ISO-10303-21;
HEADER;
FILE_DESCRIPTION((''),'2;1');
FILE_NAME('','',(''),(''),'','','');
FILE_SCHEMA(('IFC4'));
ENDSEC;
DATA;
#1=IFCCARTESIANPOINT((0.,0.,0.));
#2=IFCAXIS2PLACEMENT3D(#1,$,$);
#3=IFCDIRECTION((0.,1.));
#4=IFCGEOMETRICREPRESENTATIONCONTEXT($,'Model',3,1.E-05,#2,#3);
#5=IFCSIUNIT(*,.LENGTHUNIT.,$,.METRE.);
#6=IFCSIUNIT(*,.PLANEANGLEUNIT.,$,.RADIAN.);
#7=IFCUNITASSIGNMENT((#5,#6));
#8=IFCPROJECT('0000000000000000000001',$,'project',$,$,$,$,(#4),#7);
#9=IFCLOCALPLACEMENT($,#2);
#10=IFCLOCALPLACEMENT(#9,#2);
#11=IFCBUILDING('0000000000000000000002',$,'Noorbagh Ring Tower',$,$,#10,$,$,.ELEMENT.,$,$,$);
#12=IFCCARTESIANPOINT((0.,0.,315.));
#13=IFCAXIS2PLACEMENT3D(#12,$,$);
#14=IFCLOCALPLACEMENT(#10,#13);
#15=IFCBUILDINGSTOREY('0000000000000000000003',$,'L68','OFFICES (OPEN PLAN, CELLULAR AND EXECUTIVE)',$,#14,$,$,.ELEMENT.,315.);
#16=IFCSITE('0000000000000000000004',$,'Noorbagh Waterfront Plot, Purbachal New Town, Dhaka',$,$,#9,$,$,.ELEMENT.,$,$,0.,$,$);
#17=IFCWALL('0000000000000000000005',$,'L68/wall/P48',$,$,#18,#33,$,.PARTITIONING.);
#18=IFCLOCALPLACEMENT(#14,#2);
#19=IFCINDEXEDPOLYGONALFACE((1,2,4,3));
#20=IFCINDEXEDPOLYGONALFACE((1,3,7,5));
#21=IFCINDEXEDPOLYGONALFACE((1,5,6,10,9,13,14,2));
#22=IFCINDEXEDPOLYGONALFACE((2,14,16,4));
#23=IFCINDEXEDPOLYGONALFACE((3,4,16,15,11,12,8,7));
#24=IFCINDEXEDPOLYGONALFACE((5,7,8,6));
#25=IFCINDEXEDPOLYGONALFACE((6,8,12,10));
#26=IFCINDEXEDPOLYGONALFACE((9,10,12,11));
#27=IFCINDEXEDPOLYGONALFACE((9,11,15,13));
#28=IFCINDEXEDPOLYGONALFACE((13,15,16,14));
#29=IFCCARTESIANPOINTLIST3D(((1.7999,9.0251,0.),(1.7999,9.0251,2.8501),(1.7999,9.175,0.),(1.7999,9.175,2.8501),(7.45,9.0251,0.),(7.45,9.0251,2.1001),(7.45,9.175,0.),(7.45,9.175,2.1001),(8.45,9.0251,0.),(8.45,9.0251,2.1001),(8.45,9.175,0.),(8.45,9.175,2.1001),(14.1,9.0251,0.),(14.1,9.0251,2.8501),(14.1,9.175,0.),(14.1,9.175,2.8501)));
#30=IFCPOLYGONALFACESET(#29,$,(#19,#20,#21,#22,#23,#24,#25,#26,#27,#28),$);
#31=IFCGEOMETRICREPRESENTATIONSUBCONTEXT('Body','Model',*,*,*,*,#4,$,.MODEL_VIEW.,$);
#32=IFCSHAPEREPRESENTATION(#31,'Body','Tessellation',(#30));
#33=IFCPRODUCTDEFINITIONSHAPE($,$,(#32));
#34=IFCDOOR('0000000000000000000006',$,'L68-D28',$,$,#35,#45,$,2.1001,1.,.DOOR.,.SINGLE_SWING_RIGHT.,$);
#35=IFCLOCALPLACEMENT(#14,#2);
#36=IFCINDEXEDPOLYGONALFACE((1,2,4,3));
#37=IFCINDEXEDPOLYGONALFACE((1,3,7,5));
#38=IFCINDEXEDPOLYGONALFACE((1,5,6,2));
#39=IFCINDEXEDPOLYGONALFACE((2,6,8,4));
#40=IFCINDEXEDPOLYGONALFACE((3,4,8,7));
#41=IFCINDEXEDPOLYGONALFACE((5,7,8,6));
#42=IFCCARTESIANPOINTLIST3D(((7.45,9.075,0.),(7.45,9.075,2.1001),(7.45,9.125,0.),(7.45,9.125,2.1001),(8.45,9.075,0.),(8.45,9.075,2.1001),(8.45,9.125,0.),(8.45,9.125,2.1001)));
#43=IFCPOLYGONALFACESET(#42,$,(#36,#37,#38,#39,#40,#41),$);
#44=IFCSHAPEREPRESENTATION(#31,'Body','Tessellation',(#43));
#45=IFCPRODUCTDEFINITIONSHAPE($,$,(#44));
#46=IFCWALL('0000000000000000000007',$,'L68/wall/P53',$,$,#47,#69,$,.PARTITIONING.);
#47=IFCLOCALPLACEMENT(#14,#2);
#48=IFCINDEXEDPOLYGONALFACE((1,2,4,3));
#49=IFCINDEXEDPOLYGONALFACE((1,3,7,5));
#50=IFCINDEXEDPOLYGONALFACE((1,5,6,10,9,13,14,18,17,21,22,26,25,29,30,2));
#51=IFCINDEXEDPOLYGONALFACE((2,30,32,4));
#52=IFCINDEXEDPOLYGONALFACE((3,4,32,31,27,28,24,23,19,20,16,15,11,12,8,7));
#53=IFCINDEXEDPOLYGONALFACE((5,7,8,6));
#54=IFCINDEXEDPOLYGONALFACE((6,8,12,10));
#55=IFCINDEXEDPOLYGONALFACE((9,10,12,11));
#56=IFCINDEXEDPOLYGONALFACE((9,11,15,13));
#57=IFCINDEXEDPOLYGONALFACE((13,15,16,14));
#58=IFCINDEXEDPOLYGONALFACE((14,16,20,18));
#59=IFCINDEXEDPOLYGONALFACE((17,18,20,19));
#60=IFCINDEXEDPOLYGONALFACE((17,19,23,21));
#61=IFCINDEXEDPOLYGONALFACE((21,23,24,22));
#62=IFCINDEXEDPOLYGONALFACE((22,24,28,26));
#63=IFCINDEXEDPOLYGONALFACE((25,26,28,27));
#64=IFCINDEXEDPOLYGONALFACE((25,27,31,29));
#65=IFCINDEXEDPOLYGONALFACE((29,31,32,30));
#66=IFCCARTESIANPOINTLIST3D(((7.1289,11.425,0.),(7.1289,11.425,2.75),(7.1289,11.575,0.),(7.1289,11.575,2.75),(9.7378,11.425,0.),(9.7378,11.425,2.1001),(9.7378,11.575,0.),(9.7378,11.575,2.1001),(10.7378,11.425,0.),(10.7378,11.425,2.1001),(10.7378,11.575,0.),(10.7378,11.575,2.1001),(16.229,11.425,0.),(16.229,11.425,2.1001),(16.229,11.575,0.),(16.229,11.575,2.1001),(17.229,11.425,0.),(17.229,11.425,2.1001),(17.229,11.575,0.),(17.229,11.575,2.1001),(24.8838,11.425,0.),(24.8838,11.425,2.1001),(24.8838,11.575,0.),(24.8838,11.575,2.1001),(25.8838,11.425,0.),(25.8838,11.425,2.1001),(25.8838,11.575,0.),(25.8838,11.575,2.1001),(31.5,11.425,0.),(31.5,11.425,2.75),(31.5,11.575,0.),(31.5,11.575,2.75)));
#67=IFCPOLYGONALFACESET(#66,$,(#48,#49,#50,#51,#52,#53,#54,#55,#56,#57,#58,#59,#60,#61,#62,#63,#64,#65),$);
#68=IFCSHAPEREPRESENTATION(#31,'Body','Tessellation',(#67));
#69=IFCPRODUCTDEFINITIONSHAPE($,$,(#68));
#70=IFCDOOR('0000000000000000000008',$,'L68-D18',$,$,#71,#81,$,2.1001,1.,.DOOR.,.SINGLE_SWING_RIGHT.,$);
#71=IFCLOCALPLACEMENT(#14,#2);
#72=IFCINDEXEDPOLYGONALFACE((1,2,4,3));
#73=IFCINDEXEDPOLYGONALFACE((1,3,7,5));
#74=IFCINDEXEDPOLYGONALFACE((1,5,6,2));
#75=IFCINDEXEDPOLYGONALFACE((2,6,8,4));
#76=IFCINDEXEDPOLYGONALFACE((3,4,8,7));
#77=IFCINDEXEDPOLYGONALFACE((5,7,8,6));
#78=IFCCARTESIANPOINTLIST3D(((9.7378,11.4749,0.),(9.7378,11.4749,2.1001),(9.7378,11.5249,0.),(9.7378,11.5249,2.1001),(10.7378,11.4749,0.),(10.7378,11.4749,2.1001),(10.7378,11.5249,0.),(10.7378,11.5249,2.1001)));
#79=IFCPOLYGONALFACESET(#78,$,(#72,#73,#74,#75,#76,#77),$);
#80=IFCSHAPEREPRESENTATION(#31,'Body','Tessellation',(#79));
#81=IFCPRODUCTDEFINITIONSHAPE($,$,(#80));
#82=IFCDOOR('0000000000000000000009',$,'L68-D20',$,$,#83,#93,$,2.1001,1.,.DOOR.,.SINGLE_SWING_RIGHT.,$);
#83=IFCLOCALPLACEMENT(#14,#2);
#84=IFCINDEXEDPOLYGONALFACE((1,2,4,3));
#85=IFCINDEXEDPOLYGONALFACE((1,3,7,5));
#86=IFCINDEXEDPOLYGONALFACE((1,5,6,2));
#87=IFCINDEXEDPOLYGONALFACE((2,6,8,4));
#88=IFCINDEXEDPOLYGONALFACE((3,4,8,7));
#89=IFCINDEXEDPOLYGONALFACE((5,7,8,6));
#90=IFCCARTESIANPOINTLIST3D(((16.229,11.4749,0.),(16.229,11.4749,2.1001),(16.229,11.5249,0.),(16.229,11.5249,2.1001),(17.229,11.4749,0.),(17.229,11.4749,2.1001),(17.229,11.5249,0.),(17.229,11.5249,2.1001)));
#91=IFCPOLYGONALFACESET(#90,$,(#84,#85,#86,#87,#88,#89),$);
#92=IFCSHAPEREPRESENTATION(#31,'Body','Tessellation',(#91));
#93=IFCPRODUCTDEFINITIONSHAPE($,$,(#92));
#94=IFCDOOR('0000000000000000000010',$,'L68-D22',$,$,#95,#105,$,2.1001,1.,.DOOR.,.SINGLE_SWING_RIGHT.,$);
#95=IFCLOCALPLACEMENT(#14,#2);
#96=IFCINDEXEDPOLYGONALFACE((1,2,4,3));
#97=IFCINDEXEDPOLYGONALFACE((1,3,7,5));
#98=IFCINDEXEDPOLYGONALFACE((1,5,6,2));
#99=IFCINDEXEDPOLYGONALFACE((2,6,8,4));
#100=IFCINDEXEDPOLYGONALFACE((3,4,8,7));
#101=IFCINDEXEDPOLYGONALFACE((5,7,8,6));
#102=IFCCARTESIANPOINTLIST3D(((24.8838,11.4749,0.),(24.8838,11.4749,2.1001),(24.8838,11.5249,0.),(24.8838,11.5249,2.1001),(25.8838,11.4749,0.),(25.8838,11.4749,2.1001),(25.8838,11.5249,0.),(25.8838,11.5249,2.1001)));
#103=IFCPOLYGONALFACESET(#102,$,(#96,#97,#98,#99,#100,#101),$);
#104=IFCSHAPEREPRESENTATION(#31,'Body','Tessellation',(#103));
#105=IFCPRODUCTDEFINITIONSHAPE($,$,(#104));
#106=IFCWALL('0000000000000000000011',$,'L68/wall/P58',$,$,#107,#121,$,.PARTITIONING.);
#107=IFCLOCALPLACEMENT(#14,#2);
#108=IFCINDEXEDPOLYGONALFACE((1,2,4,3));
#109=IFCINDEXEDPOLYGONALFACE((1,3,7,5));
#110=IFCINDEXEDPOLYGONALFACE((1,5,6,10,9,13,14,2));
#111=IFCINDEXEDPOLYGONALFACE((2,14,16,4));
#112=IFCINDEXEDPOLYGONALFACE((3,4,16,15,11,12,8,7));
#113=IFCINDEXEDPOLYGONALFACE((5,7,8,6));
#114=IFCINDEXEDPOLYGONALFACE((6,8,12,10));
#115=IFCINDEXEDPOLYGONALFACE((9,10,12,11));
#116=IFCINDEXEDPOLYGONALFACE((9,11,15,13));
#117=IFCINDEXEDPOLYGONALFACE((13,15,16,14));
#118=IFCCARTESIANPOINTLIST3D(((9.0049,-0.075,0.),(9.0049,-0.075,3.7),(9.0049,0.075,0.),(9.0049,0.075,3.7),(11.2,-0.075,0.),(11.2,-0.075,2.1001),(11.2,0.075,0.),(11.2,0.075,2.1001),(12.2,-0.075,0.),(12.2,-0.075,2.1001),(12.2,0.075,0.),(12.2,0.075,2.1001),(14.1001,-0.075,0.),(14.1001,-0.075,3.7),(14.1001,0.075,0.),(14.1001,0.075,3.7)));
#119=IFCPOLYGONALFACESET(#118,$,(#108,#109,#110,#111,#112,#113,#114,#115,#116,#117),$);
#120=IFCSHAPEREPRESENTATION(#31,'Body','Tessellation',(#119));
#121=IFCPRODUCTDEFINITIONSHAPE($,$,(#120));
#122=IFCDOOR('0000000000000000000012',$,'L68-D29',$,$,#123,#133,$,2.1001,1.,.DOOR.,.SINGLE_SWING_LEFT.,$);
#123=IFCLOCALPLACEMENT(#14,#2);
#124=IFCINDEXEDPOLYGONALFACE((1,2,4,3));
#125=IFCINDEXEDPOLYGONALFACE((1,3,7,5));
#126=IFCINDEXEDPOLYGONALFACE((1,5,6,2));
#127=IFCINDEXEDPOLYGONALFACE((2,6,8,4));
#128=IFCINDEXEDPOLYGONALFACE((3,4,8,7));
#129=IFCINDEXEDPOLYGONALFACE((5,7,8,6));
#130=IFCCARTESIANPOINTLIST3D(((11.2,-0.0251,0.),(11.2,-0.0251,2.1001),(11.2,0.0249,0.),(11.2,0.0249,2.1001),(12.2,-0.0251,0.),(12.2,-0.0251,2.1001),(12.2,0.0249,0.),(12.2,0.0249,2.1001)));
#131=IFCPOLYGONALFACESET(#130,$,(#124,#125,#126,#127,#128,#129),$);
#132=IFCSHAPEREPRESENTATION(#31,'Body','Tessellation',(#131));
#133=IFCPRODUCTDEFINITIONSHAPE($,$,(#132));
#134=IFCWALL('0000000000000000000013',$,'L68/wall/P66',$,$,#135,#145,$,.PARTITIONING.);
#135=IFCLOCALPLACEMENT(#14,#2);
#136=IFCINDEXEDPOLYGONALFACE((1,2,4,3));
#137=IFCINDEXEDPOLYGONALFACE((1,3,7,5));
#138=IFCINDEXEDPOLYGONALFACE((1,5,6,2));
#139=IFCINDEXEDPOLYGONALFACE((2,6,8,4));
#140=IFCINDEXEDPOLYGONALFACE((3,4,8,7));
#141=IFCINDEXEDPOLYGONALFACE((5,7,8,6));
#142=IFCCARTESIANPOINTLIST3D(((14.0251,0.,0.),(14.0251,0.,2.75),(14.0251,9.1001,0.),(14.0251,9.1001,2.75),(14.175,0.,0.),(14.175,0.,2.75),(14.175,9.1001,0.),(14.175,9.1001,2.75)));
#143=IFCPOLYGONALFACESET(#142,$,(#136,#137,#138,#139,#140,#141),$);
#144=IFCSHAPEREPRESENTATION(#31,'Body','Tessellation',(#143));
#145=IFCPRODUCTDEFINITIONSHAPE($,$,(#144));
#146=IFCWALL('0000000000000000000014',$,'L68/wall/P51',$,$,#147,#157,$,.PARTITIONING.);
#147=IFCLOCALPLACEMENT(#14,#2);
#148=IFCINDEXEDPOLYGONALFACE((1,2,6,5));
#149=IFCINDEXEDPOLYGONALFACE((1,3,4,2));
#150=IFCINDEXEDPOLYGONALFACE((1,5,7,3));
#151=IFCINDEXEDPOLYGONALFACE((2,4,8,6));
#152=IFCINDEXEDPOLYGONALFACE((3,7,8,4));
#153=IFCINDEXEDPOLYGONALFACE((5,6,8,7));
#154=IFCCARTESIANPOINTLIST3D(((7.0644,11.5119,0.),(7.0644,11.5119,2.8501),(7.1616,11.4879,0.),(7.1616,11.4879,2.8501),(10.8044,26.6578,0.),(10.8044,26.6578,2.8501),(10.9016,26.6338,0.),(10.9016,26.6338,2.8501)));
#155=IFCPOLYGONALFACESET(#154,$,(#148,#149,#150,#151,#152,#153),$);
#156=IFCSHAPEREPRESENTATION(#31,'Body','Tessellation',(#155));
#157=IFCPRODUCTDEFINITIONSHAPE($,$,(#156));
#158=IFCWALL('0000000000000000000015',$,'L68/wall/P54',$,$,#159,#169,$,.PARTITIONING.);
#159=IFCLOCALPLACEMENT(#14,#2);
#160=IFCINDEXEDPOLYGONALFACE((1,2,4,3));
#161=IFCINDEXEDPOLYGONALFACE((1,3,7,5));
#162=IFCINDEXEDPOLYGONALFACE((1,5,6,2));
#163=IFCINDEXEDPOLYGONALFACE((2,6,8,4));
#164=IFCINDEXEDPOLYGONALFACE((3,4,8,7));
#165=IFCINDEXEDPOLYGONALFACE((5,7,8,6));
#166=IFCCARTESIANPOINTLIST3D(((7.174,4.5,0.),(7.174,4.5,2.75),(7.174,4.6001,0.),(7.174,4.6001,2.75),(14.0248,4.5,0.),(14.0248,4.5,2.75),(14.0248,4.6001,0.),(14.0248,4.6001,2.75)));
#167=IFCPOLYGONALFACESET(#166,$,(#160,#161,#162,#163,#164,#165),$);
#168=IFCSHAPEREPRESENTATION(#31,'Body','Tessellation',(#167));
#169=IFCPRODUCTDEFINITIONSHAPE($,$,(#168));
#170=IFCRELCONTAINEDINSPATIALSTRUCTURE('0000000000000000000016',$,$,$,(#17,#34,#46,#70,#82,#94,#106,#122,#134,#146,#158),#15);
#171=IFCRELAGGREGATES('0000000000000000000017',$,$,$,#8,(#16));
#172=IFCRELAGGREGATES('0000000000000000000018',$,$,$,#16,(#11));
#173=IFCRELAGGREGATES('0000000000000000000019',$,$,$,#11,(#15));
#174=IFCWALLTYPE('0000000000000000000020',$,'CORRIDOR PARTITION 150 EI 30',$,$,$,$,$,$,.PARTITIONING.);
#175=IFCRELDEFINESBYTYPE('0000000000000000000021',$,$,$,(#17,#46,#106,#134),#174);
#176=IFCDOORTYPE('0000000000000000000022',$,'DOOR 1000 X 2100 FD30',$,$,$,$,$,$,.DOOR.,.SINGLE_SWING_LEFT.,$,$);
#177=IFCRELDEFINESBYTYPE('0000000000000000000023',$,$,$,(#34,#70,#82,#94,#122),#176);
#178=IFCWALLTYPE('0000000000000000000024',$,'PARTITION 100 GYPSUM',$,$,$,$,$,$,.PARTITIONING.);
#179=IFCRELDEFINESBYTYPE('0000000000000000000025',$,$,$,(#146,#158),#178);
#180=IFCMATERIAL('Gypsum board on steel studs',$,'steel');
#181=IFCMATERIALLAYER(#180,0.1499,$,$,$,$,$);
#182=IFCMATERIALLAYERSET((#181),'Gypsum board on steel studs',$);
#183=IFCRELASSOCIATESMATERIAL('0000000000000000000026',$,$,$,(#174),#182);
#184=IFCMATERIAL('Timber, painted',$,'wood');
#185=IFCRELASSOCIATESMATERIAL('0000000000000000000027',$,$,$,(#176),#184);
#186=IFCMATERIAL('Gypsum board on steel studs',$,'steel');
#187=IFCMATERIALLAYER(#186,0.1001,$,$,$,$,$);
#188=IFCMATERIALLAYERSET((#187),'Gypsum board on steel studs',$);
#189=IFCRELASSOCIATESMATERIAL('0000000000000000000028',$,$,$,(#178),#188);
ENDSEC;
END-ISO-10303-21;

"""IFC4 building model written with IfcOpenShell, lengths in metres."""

from ifc_helpers import new_model, si_unit, direction, frame, frame_2d, origin, place, context, subcontext, project, spatial, rectangle, extrude, material, layer, layer_set, type_object, element, fill, save


model = new_model("IFC4")

# Units and contexts
model_context = context("Model", 3, precision=1e-05, world=origin(), true_north=direction((0.0, 1.0)))
body_context = subcontext(model_context, "Body", "Model", "MODEL_VIEW")
ifc_project = project(units=[si_unit("LENGTHUNIT", "METRE"), si_unit("PLANEANGLEUNIT", "RADIAN")], contexts=[model_context])

# Site, building, storey
site_placement = place(None, origin())
site = spatial("IfcSite", under=ifc_project, at=site_placement, Name="Noorbagh Waterfront Plot, Purbachal New Town, Dhaka", CompositionType="ELEMENT", RefElevation=0.0)
building_placement = place(site_placement, origin())
building = spatial("IfcBuilding", under=site, at=building_placement, Name="Noorbagh Ring Tower", CompositionType="ELEMENT")
storey_placement = place(building_placement, frame((0.0, 0.0, 315.0)))
storey = spatial("IfcBuildingStorey", under=building, at=storey_placement, Name="L68", Description="OFFICES (OPEN PLAN, CELLULAR AND EXECUTIVE)", CompositionType="ELEMENT", Elevation=315.0)

# Shared definitions
ifc_material_1 = material(Name="Gypsum board on steel studs", Category="steel")
ifc_layer_1 = layer(ifc_material_1, 0.1499)
ifc_layer_set_1 = layer_set([ifc_layer_1], Name="Gypsum board on steel studs")
wall_type_1 = type_object("IfcWallType", Name="CORRIDOR PARTITION 150 EI 30", PredefinedType="PARTITIONING", material=ifc_layer_set_1)
ifc_material_2 = material(Name="Timber, painted", Category="wood")
door_type = type_object("IfcDoorType", Name="DOOR 1000 X 2100 FD30", OperationType="SINGLE_SWING_LEFT", PredefinedType="DOOR", material=ifc_material_2)

# Wall, opening, door
wall_1_placement = place(storey_placement, frame((1.8, 9.1001, 0.0), z_axis=(0.0, 0.0, 1.0), x_axis=(1.0, 0.0, 0.0)))
wall_1 = element("IfcWall", 1, at=wall_1_placement, inside=storey, type_object=wall_type_1, Name="L68/wall/P48", PredefinedType="PARTITIONING", context=body_context, shape_type="SweptSolid", body=[
    extrude(rectangle(XDim=12.3, YDim=0.1499, at=frame_2d((6.1499, 0.0))), origin(), (0.0, 0.0, 1.0), 2.8501),
])
opening_1_placement = place(wall_1_placement, frame((5.6499, 0.0, 0.0)))
opening_1 = element("IfcOpeningElement", 2, at=opening_1_placement, cuts=wall_1, PredefinedType="OPENING", context=body_context, shape_type="SweptSolid", body=[
    extrude(rectangle(XDim=1.0, YDim=2.1001, at=frame_2d((0.5, 1.05))), frame((0.0, 0.085, 0.0), z_axis=(0.0, -1.0, 0.0), x_axis=(1.0, 0.0, 0.0)), (0.0, 0.0, 1.0), 0.1699),
])
door_1_placement = place(opening_1_placement, origin())
door_1 = element("IfcDoor", 3, at=door_1_placement, inside=storey, type_object=door_type, Name="L68-D28", OperationType="SINGLE_SWING_RIGHT", OverallHeight=2.1001, OverallWidth=1.0, PredefinedType="DOOR", context=body_context, shape_type="SweptSolid", body=[
    extrude(rectangle(XDim=1.0, YDim=2.1001, at=frame_2d((0.5, 1.05))), frame((0.0, 0.0249, 0.0), z_axis=(0.0, -1.0, 0.0), x_axis=(1.0, 0.0, 0.0)), (0.0, 0.0, 1.0), 0.05),
])
fill(opening_1, door_1)

# Wall, openings, doors
wall_2_placement = place(storey_placement, frame((7.1289, 11.5, 0.0), z_axis=(0.0, 0.0, 1.0), x_axis=(1.0, 0.0, 0.0)))
wall_2 = element("IfcWall", 4, at=wall_2_placement, inside=storey, type_object=wall_type_1, Name="L68/wall/P53", PredefinedType="PARTITIONING", context=body_context, shape_type="SweptSolid", body=[
    extrude(rectangle(XDim=24.3711, YDim=0.1499, at=frame_2d((12.1855, 0.0))), origin(), (0.0, 0.0, 1.0), 2.75),
])
opening_2_placement = place(wall_2_placement, frame((2.6089, 0.0, 0.0)))
opening_2 = element("IfcOpeningElement", 5, at=opening_2_placement, cuts=wall_2, PredefinedType="OPENING", context=body_context, shape_type="SweptSolid", body=[
    extrude(rectangle(XDim=1.0, YDim=2.1001, at=frame_2d((0.5, 1.05))), frame((0.0, 0.085, 0.0), z_axis=(0.0, -1.0, 0.0), x_axis=(1.0, 0.0, 0.0)), (0.0, 0.0, 1.0), 0.1699),
])
opening_3_placement = place(wall_2_placement, frame((9.1001, 0.0, 0.0)))
opening_3 = element("IfcOpeningElement", 6, at=opening_3_placement, cuts=wall_2, PredefinedType="OPENING", context=body_context, shape_type="SweptSolid", body=[
    extrude(rectangle(XDim=1.0, YDim=2.1001, at=frame_2d((0.5, 1.05))), frame((0.0, 0.085, 0.0), z_axis=(0.0, -1.0, 0.0), x_axis=(1.0, 0.0, 0.0)), (0.0, 0.0, 1.0), 0.1699),
])
opening_4_placement = place(wall_2_placement, frame((17.7549, 0.0, 0.0)))
opening_4 = element("IfcOpeningElement", 7, at=opening_4_placement, cuts=wall_2, PredefinedType="OPENING", context=body_context, shape_type="SweptSolid", body=[
    extrude(rectangle(XDim=1.0, YDim=2.1001, at=frame_2d((0.5, 1.05))), frame((0.0, 0.085, 0.0), z_axis=(0.0, -1.0, 0.0), x_axis=(1.0, 0.0, 0.0)), (0.0, 0.0, 1.0), 0.1699),
])
door_2_placement = place(opening_2_placement, origin())
door_2 = element("IfcDoor", 8, at=door_2_placement, inside=storey, type_object=door_type, Name="L68-D18", OperationType="SINGLE_SWING_RIGHT", OverallHeight=2.1001, OverallWidth=1.0, PredefinedType="DOOR", context=body_context, shape_type="SweptSolid", body=[
    extrude(rectangle(XDim=1.0, YDim=2.1001, at=frame_2d((0.5, 1.05))), frame((0.0, 0.0249, 0.0), z_axis=(0.0, -1.0, 0.0), x_axis=(1.0, 0.0, 0.0)), (0.0, 0.0, 1.0), 0.05),
])
fill(opening_2, door_2)
door_3_placement = place(opening_3_placement, origin())
door_3 = element("IfcDoor", 9, at=door_3_placement, inside=storey, type_object=door_type, Name="L68-D20", OperationType="SINGLE_SWING_RIGHT", OverallHeight=2.1001, OverallWidth=1.0, PredefinedType="DOOR", context=body_context, shape_type="SweptSolid", body=[
    extrude(rectangle(XDim=1.0, YDim=2.1001, at=frame_2d((0.5, 1.05))), frame((0.0, 0.0249, 0.0), z_axis=(0.0, -1.0, 0.0), x_axis=(1.0, 0.0, 0.0)), (0.0, 0.0, 1.0), 0.05),
])
fill(opening_3, door_3)
door_4_placement = place(opening_4_placement, origin())
door_4 = element("IfcDoor", 10, at=door_4_placement, inside=storey, type_object=door_type, Name="L68-D22", OperationType="SINGLE_SWING_RIGHT", OverallHeight=2.1001, OverallWidth=1.0, PredefinedType="DOOR", context=body_context, shape_type="SweptSolid", body=[
    extrude(rectangle(XDim=1.0, YDim=2.1001, at=frame_2d((0.5, 1.05))), frame((0.0, 0.0249, 0.0), z_axis=(0.0, -1.0, 0.0), x_axis=(1.0, 0.0, 0.0)), (0.0, 0.0, 1.0), 0.05),
])
fill(opening_4, door_4)

# Wall, opening, door
wall_3_placement = place(storey_placement, frame((9.0049, 0.0, 0.0), z_axis=(0.0, 0.0, 1.0), x_axis=(1.0, 0.0, 0.0)))
wall_3 = element("IfcWall", 11, at=wall_3_placement, inside=storey, type_object=wall_type_1, Name="L68/wall/P58", PredefinedType="PARTITIONING", context=body_context, shape_type="SweptSolid", body=[
    extrude(rectangle(XDim=5.0952, YDim=0.1499, at=frame_2d((2.5476, 0.0))), origin(), (0.0, 0.0, 1.0), 3.7),
])
opening_5_placement = place(wall_3_placement, frame((2.1951, 0.0, 0.0)))
opening_5 = element("IfcOpeningElement", 12, at=opening_5_placement, cuts=wall_3, PredefinedType="OPENING", context=body_context, shape_type="SweptSolid", body=[
    extrude(rectangle(XDim=1.0, YDim=2.1001, at=frame_2d((0.5, 1.05))), frame((0.0, 0.085, 0.0), z_axis=(0.0, -1.0, 0.0), x_axis=(1.0, 0.0, 0.0)), (0.0, 0.0, 1.0), 0.1699),
])
door_5_placement = place(opening_5_placement, origin())
door_5 = element("IfcDoor", 13, at=door_5_placement, inside=storey, type_object=door_type, Name="L68-D29", OperationType="SINGLE_SWING_LEFT", OverallHeight=2.1001, OverallWidth=1.0, PredefinedType="DOOR", context=body_context, shape_type="SweptSolid", body=[
    extrude(rectangle(XDim=1.0, YDim=2.1001, at=frame_2d((0.5, 1.05))), frame((0.0, 0.0249, 0.0), z_axis=(0.0, -1.0, 0.0), x_axis=(1.0, 0.0, 0.0)), (0.0, 0.0, 1.0), 0.05),
])
fill(opening_5, door_5)

# Walls
wall_4_placement = place(storey_placement, frame((14.1001, 0.0, 0.0), z_axis=(0.0, 0.0, 1.0), x_axis=(0.0, 1.0, 0.0)))
element("IfcWall", 14, at=wall_4_placement, inside=storey, type_object=wall_type_1, Name="L68/wall/P66", PredefinedType="PARTITIONING", context=body_context, shape_type="SweptSolid", body=[
    extrude(rectangle(XDim=9.1001, YDim=0.1499, at=frame_2d((4.55, 0.0))), origin(), (0.0, 0.0, 1.0), 2.75),
])
ifc_material_3 = material(Name="Gypsum board on steel studs", Category="steel")
ifc_layer_2 = layer(ifc_material_3, 0.1001)
ifc_layer_set_2 = layer_set([ifc_layer_2], Name="Gypsum board on steel studs")
wall_type_2 = type_object("IfcWallType", Name="PARTITION 100 GYPSUM", PredefinedType="PARTITIONING", material=ifc_layer_set_2)
wall_5_placement = place(storey_placement, frame((7.113, 11.5, 0.0), z_axis=(0.0, 0.0, 1.0), x_axis=(0.239729, 0.97084, 0.0)))
element("IfcWall", 15, at=wall_5_placement, inside=storey, type_object=wall_type_2, Name="L68/wall/P51", PredefinedType="PARTITIONING", context=body_context, shape_type="SweptSolid", body=[
    extrude(rectangle(XDim=15.6008, YDim=0.1001, at=frame_2d((7.8003, 0.0))), origin(), (0.0, 0.0, 1.0), 2.8501),
])
wall_6_placement = place(storey_placement, frame((7.1741, 4.55, 0.0), z_axis=(0.0, 0.0, 1.0), x_axis=(1.0, 0.0, 0.0)))
element("IfcWall", 16, at=wall_6_placement, inside=storey, type_object=wall_type_2, Name="L68/wall/P54", PredefinedType="PARTITIONING", context=body_context, shape_type="SweptSolid", body=[
    extrude(rectangle(XDim=6.8508, YDim=0.1001, at=frame_2d((3.4253, 0.0))), origin(), (0.0, 0.0, 1.0), 2.75),
])

save(model, "model.ifc")
